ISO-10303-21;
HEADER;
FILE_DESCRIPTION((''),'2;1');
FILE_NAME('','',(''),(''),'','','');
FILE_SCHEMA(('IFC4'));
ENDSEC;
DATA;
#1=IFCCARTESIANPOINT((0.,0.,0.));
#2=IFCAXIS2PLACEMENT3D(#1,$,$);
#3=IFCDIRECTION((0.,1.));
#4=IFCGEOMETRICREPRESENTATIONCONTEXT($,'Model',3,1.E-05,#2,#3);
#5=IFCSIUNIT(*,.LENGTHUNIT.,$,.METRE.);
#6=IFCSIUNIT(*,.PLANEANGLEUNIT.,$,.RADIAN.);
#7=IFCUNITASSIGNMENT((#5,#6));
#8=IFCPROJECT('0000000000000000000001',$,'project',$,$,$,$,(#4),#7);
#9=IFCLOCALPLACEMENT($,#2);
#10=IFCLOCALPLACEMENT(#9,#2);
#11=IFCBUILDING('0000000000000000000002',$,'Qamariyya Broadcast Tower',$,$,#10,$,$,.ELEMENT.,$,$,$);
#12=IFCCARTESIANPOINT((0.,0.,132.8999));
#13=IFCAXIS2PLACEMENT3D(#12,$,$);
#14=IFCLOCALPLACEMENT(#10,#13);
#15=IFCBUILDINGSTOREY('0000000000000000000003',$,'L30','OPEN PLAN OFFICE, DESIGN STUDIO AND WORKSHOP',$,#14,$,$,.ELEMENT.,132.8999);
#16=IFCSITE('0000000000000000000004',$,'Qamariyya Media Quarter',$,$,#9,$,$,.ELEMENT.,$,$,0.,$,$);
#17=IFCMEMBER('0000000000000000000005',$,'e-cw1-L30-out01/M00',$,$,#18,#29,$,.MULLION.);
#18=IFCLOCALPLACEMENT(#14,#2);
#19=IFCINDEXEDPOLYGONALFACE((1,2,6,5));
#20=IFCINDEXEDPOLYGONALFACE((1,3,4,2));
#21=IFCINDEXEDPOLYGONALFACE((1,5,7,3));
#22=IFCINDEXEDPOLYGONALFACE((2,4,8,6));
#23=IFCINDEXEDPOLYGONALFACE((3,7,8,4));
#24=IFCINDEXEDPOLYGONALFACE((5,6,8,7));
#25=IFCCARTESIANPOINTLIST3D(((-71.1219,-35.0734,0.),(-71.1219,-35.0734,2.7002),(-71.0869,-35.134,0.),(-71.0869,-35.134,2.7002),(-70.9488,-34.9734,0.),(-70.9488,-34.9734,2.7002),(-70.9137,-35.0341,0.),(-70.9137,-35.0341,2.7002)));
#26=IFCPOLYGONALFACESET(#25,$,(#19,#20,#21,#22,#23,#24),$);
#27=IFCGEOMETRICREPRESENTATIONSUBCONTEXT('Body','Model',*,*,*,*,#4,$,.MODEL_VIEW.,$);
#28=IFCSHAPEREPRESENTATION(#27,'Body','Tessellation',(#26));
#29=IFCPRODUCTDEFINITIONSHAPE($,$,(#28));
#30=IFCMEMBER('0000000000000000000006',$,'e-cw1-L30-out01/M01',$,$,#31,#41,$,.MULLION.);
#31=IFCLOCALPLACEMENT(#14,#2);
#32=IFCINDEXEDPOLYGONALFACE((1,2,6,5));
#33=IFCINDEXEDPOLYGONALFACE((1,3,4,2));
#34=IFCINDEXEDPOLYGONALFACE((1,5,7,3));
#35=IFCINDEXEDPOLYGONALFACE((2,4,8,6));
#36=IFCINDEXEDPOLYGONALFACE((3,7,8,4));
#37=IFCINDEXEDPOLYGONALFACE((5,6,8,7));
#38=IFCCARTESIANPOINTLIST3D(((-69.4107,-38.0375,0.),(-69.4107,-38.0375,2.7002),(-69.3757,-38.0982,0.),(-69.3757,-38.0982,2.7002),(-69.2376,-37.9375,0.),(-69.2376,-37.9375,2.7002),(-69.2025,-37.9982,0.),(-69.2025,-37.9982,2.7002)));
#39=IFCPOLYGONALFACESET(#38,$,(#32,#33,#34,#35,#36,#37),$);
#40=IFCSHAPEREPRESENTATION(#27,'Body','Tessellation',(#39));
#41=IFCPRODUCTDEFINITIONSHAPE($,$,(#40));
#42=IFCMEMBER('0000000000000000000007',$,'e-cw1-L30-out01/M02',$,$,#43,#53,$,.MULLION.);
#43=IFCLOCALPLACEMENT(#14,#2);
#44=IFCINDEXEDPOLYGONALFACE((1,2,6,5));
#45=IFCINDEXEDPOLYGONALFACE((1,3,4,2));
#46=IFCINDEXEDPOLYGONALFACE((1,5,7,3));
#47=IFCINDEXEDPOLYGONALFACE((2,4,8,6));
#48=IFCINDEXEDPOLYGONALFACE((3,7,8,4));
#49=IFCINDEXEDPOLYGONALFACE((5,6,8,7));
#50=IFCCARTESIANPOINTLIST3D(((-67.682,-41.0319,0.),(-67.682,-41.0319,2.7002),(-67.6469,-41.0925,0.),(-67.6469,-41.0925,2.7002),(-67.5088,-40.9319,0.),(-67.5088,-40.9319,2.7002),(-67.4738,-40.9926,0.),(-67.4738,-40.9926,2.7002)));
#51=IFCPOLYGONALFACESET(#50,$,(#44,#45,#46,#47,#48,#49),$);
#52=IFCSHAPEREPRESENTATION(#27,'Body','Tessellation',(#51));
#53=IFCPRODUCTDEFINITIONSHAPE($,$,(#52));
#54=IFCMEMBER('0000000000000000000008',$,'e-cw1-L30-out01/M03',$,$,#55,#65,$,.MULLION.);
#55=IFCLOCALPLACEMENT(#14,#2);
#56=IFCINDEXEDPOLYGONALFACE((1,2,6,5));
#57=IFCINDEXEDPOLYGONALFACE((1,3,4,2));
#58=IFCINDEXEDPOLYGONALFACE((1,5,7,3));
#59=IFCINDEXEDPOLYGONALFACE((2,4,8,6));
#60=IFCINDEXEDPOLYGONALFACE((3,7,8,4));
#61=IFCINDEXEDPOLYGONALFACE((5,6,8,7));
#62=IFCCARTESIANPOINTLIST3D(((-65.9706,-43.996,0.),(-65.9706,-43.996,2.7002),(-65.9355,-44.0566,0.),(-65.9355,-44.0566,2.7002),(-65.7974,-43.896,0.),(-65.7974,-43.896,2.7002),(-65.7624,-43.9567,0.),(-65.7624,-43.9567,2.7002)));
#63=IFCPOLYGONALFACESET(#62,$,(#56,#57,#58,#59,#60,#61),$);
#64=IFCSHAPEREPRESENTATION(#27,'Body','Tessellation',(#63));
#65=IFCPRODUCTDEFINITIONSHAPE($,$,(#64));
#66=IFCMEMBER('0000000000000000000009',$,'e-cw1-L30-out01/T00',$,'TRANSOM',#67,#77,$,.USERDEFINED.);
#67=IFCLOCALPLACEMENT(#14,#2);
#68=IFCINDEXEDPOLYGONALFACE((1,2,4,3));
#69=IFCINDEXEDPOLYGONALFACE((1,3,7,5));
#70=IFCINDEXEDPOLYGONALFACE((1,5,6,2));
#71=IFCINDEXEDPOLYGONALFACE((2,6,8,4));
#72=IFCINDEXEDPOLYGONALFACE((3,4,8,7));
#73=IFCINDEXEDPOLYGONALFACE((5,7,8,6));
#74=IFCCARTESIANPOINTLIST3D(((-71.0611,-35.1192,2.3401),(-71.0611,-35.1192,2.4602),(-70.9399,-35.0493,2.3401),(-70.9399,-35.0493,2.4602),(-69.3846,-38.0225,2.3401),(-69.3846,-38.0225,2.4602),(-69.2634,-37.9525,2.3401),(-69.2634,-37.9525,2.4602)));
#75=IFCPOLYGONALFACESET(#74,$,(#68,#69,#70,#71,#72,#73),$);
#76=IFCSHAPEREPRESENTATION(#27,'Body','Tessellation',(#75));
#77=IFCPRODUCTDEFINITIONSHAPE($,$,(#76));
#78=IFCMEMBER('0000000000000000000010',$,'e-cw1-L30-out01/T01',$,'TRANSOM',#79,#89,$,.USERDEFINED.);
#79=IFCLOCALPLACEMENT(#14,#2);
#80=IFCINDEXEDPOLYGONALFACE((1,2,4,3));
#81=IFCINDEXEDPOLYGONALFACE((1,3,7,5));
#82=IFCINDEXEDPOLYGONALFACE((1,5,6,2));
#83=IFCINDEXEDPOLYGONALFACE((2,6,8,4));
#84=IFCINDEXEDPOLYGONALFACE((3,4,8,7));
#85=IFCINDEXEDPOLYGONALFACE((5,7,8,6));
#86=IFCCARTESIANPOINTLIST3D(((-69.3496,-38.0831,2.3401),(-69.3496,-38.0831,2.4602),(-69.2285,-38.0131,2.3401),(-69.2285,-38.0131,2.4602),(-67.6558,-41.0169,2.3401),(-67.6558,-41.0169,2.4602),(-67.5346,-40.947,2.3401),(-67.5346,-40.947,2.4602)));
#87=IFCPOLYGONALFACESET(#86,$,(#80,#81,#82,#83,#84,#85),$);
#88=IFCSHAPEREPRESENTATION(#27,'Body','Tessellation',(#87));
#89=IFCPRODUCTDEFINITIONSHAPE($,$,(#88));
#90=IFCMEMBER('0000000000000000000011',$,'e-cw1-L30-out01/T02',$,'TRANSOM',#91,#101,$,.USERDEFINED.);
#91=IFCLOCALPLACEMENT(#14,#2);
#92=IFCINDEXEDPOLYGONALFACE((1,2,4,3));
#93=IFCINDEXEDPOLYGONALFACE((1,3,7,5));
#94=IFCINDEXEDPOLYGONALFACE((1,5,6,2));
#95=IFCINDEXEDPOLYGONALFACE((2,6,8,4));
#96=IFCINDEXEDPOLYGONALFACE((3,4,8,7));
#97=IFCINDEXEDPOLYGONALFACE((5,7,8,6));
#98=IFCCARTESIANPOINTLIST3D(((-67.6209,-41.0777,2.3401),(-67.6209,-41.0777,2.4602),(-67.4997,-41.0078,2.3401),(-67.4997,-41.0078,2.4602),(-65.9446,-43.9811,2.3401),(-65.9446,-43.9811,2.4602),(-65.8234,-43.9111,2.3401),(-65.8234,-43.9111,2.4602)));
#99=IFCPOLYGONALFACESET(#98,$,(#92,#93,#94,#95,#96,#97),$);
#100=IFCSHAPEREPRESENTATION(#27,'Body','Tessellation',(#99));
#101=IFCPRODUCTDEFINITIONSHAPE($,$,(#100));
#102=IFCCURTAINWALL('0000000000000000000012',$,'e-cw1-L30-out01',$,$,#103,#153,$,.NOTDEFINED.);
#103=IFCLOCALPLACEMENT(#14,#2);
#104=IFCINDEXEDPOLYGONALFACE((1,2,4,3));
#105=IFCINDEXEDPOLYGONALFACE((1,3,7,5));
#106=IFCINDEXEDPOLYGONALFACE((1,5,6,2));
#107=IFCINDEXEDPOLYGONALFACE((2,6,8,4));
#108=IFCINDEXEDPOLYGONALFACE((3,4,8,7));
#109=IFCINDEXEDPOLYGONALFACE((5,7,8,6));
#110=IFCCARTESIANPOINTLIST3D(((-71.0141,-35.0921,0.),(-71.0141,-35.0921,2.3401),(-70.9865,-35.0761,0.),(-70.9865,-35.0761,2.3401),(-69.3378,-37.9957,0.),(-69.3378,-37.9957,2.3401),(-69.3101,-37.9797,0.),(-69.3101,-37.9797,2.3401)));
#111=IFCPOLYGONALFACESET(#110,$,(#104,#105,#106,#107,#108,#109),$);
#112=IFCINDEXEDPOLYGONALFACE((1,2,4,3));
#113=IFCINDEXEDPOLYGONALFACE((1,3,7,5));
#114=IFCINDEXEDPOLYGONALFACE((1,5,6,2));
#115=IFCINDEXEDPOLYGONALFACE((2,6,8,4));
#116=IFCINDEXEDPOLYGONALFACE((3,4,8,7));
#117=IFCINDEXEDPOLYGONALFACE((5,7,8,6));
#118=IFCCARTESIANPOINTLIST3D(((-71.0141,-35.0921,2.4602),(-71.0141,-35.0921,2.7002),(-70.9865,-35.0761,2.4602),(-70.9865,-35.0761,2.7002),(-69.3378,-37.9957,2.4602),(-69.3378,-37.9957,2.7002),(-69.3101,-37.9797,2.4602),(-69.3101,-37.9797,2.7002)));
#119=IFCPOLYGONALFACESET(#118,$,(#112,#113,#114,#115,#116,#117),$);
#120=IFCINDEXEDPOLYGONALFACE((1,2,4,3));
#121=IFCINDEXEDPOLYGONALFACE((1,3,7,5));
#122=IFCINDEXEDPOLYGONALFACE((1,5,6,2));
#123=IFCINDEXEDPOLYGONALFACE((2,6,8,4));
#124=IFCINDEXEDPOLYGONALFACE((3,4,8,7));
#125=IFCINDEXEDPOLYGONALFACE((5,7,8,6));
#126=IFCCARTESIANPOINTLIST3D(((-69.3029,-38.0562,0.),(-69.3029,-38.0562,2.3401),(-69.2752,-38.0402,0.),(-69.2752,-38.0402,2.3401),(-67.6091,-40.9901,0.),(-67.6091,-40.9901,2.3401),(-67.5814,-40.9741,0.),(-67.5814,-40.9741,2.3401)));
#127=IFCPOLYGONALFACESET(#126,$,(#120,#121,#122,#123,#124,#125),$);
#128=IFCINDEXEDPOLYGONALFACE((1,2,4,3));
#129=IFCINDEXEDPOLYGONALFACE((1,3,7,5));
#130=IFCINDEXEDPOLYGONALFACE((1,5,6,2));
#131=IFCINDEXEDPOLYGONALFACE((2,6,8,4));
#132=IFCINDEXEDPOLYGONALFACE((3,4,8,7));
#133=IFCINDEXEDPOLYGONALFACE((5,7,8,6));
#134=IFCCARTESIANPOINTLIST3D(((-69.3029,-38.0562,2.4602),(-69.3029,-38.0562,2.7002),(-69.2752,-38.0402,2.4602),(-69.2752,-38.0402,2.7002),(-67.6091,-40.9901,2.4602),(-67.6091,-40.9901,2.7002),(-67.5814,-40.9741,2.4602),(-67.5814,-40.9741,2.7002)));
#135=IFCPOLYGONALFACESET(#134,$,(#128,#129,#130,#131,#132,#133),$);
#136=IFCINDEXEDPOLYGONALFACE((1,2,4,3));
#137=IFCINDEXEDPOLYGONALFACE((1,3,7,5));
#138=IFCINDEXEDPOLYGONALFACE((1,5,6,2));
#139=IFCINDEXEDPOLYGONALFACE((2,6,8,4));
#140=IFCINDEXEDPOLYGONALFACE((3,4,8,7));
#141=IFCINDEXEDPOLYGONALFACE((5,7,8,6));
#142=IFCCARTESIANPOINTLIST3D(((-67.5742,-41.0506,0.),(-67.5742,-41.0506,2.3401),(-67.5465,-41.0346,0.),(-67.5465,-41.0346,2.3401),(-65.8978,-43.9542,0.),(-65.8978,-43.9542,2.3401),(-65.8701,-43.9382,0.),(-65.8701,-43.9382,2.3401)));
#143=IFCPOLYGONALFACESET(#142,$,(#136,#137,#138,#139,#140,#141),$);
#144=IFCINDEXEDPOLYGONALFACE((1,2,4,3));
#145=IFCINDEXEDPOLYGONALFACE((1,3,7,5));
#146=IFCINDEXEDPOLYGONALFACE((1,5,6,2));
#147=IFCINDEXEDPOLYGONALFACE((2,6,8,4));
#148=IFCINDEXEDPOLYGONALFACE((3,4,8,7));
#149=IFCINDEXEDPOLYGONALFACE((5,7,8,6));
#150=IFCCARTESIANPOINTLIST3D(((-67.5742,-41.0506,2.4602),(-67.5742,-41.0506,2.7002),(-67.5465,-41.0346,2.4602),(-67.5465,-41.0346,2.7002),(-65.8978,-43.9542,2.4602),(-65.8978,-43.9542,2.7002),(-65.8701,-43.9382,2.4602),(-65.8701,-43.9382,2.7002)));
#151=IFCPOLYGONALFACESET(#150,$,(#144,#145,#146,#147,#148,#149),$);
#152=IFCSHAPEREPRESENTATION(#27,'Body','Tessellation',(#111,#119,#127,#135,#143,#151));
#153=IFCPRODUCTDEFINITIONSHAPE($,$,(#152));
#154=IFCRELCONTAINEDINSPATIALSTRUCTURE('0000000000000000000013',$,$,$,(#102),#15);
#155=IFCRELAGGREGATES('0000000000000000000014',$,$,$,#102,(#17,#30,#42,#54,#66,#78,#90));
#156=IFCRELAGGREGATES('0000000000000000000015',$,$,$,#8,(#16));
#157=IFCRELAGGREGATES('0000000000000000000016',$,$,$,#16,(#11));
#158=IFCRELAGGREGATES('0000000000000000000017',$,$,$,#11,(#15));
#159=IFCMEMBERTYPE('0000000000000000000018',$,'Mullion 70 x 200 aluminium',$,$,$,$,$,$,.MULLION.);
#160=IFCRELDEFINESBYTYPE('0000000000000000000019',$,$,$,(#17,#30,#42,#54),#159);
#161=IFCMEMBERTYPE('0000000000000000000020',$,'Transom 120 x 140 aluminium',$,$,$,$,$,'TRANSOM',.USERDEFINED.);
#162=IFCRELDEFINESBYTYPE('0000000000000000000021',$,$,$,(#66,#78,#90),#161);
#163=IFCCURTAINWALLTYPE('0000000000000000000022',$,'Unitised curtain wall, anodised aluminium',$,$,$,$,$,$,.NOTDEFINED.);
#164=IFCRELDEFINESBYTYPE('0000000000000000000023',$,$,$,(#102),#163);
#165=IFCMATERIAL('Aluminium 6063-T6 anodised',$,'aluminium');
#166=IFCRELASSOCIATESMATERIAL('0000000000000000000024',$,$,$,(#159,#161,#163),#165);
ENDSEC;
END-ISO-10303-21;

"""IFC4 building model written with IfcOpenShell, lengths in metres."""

from ifc_helpers import new_model, si_unit, direction, frame, origin, origin_2d, place, context, subcontext, project, spatial, rectangle, extrude, material, material_profile, profile_set, type_object, element, aggregate, save


model = new_model("IFC4")

# Units and contexts
model_context = context("Model", 3, precision=1e-05, world=origin(), true_north=direction((0.0, 1.0)))
body_context = subcontext(model_context, "Body", "Model", "MODEL_VIEW")
ifc_project = project(units=[si_unit("LENGTHUNIT", "METRE"), si_unit("PLANEANGLEUNIT", "RADIAN")], contexts=[model_context])

# Members
ifc_material = material(Name="Aluminium 6063-T6 anodised", Category="aluminium")
ifc_material_profile_1 = material_profile(ifc_material, rectangle(XDim=0.2, YDim=0.0701, at=origin_2d()))
ifc_profile_set_1 = profile_set([ifc_material_profile_1], Name="Aluminium 6063-T6 anodised")
member_type_1 = type_object("IfcMemberType", Name="Mullion 70 x 200 aluminium", PredefinedType="MULLION", material=ifc_profile_set_1)
site_placement = place(None, origin())
building_placement = place(site_placement, origin())
storey_placement = place(building_placement, frame((0.0, 0.0, 132.8999)))
member_1_placement = place(storey_placement, frame((-71.0178, -35.0537, 0.0), z_axis=(0.0, 0.0, 1.0), x_axis=(0.866025, 0.5, 0.0)))
member_1 = element("IfcMember", 1, at=member_1_placement, type_object=member_type_1, Name="e-cw1-L30-out01/M00", PredefinedType="MULLION", context=body_context, shape_type="SweptSolid", body=[
    extrude(rectangle(XDim=0.2, YDim=0.0701, at=origin_2d()), origin(), (0.0, 0.0, 1.0), 2.7002),
])
member_2_placement = place(storey_placement, frame((-69.3066, -38.0178, 0.0), z_axis=(0.0, 0.0, 1.0), x_axis=(0.866025, 0.5, 0.0)))
member_2 = element("IfcMember", 2, at=member_2_placement, type_object=member_type_1, Name="e-cw1-L30-out01/M01", PredefinedType="MULLION", context=body_context, shape_type="SweptSolid", body=[
    extrude(rectangle(XDim=0.2, YDim=0.0701, at=origin_2d()), origin(), (0.0, 0.0, 1.0), 2.7002),
])
member_3_placement = place(storey_placement, frame((-67.5779, -41.0122, 0.0), z_axis=(0.0, 0.0, 1.0), x_axis=(0.866025, 0.5, 0.0)))
member_3 = element("IfcMember", 3, at=member_3_placement, type_object=member_type_1, Name="e-cw1-L30-out01/M02", PredefinedType="MULLION", context=body_context, shape_type="SweptSolid", body=[
    extrude(rectangle(XDim=0.2, YDim=0.0701, at=origin_2d()), origin(), (0.0, 0.0, 1.0), 2.7002),
])
member_4_placement = place(storey_placement, frame((-65.8665, -43.9763, 0.0), z_axis=(0.0, 0.0, 1.0), x_axis=(0.866025, 0.5, 0.0)))
member_4 = element("IfcMember", 4, at=member_4_placement, type_object=member_type_1, Name="e-cw1-L30-out01/M03", PredefinedType="MULLION", context=body_context, shape_type="SweptSolid", body=[
    extrude(rectangle(XDim=0.2, YDim=0.0701, at=origin_2d()), origin(), (0.0, 0.0, 1.0), 2.7002),
])
ifc_material_profile_2 = material_profile(ifc_material, rectangle(XDim=0.1399, YDim=0.1201, at=origin_2d()))
ifc_profile_set_2 = profile_set([ifc_material_profile_2], Name="Aluminium 6063-T6 anodised")
member_type_2 = type_object("IfcMemberType", Name="Transom 120 x 140 aluminium", ElementType="TRANSOM", PredefinedType="USERDEFINED", material=ifc_profile_set_2)
member_5_placement = place(storey_placement, frame((-71.0005, -35.0842, 2.4001), z_axis=(0.500063, -0.865989, 0.0), x_axis=(0.865989, 0.500063, 0.0)))
member_5 = element("IfcMember", 5, at=member_5_placement, type_object=member_type_2, Name="e-cw1-L30-out01/T00", ObjectType="TRANSOM", PredefinedType="USERDEFINED", context=body_context, shape_type="SweptSolid", body=[
    extrude(rectangle(XDim=0.1399, YDim=0.1201, at=origin_2d()), origin(), (0.0, 0.0, 1.0), 3.3525),
])
member_6_placement = place(storey_placement, frame((-69.2891, -38.0481, 2.4001), z_axis=(0.499999, -0.866026, 0.0), x_axis=(0.866026, 0.499999, 0.0)))
member_6 = element("IfcMember", 6, at=member_6_placement, type_object=member_type_2, Name="e-cw1-L30-out01/T01", ObjectType="TRANSOM", PredefinedType="USERDEFINED", context=body_context, shape_type="SweptSolid", body=[
    extrude(rectangle(XDim=0.1399, YDim=0.1201, at=origin_2d()), origin(), (0.0, 0.0, 1.0), 3.3877),
])
member_7_placement = place(storey_placement, frame((-67.5603, -41.0427, 2.4001), z_axis=(0.500008, -0.866021, 0.0), x_axis=(0.866021, 0.500008, 0.0)))
member_7 = element("IfcMember", 7, at=member_7_placement, type_object=member_type_2, Name="e-cw1-L30-out01/T02", ObjectType="TRANSOM", PredefinedType="USERDEFINED", context=body_context, shape_type="SweptSolid", body=[
    extrude(rectangle(XDim=0.1399, YDim=0.1201, at=origin_2d()), origin(), (0.0, 0.0, 1.0), 3.3525),
])

# Site, building, storey
site = spatial("IfcSite", under=ifc_project, at=site_placement, Name="Qamariyya Media Quarter", CompositionType="ELEMENT", RefElevation=0.0)
building = spatial("IfcBuilding", under=site, at=building_placement, Name="Qamariyya Broadcast Tower", CompositionType="ELEMENT")
storey = spatial("IfcBuildingStorey", under=building, at=storey_placement, Name="L30", Description="OPEN PLAN OFFICE, DESIGN STUDIO AND WORKSHOP", CompositionType="ELEMENT", Elevation=132.8999)

# Curtain wall
curtain_wall_type = type_object("IfcCurtainWallType", Name="Unitised curtain wall, anodised aluminium", PredefinedType="NOTDEFINED", material=ifc_material)
curtain_wall_1_placement = place(storey_placement, origin())
curtain_wall_1 = element("IfcCurtainWall", 8, at=curtain_wall_1_placement, inside=storey, type_object=curtain_wall_type, Name="e-cw1-L30-out01", PredefinedType="NOTDEFINED", context=body_context, shape_type="SweptSolid", body=[
    extrude(rectangle(XDim=3.3528, YDim=0.032, at=origin_2d()), frame((-70.1621, -36.5359, 0.0), x_axis=(0.499997, -0.866027, 0.0)), (0.0, 0.0, 1.0), 2.3401),
    extrude(rectangle(XDim=3.3528, YDim=0.032, at=origin_2d()), frame((-70.1621, -36.5359, 2.4602), x_axis=(0.499997, -0.866027, 0.0)), (0.0, 0.0, 1.0), 0.24),
    extrude(rectangle(XDim=3.3877, YDim=0.032, at=origin_2d()), frame((-68.4421, -39.5151, 0.0), x_axis=(0.499997, -0.866027, 0.0)), (0.0, 0.0, 1.0), 2.3401),
    extrude(rectangle(XDim=3.3877, YDim=0.032, at=origin_2d()), frame((-68.4421, -39.5151, 2.4602), x_axis=(0.499997, -0.866027, 0.0)), (0.0, 0.0, 1.0), 0.24),
    extrude(rectangle(XDim=3.3528, YDim=0.032, at=origin_2d()), frame((-66.7222, -42.4944, 0.0), x_axis=(0.499997, -0.866027, 0.0)), (0.0, 0.0, 1.0), 2.3401),
    extrude(rectangle(XDim=3.3528, YDim=0.032, at=origin_2d()), frame((-66.7222, -42.4944, 2.4602), x_axis=(0.499997, -0.866027, 0.0)), (0.0, 0.0, 1.0), 0.24),
])
aggregate(curtain_wall_1, [member_1, member_2, member_3, member_4, member_5, member_6, member_7])

save(model, "model.ifc")
